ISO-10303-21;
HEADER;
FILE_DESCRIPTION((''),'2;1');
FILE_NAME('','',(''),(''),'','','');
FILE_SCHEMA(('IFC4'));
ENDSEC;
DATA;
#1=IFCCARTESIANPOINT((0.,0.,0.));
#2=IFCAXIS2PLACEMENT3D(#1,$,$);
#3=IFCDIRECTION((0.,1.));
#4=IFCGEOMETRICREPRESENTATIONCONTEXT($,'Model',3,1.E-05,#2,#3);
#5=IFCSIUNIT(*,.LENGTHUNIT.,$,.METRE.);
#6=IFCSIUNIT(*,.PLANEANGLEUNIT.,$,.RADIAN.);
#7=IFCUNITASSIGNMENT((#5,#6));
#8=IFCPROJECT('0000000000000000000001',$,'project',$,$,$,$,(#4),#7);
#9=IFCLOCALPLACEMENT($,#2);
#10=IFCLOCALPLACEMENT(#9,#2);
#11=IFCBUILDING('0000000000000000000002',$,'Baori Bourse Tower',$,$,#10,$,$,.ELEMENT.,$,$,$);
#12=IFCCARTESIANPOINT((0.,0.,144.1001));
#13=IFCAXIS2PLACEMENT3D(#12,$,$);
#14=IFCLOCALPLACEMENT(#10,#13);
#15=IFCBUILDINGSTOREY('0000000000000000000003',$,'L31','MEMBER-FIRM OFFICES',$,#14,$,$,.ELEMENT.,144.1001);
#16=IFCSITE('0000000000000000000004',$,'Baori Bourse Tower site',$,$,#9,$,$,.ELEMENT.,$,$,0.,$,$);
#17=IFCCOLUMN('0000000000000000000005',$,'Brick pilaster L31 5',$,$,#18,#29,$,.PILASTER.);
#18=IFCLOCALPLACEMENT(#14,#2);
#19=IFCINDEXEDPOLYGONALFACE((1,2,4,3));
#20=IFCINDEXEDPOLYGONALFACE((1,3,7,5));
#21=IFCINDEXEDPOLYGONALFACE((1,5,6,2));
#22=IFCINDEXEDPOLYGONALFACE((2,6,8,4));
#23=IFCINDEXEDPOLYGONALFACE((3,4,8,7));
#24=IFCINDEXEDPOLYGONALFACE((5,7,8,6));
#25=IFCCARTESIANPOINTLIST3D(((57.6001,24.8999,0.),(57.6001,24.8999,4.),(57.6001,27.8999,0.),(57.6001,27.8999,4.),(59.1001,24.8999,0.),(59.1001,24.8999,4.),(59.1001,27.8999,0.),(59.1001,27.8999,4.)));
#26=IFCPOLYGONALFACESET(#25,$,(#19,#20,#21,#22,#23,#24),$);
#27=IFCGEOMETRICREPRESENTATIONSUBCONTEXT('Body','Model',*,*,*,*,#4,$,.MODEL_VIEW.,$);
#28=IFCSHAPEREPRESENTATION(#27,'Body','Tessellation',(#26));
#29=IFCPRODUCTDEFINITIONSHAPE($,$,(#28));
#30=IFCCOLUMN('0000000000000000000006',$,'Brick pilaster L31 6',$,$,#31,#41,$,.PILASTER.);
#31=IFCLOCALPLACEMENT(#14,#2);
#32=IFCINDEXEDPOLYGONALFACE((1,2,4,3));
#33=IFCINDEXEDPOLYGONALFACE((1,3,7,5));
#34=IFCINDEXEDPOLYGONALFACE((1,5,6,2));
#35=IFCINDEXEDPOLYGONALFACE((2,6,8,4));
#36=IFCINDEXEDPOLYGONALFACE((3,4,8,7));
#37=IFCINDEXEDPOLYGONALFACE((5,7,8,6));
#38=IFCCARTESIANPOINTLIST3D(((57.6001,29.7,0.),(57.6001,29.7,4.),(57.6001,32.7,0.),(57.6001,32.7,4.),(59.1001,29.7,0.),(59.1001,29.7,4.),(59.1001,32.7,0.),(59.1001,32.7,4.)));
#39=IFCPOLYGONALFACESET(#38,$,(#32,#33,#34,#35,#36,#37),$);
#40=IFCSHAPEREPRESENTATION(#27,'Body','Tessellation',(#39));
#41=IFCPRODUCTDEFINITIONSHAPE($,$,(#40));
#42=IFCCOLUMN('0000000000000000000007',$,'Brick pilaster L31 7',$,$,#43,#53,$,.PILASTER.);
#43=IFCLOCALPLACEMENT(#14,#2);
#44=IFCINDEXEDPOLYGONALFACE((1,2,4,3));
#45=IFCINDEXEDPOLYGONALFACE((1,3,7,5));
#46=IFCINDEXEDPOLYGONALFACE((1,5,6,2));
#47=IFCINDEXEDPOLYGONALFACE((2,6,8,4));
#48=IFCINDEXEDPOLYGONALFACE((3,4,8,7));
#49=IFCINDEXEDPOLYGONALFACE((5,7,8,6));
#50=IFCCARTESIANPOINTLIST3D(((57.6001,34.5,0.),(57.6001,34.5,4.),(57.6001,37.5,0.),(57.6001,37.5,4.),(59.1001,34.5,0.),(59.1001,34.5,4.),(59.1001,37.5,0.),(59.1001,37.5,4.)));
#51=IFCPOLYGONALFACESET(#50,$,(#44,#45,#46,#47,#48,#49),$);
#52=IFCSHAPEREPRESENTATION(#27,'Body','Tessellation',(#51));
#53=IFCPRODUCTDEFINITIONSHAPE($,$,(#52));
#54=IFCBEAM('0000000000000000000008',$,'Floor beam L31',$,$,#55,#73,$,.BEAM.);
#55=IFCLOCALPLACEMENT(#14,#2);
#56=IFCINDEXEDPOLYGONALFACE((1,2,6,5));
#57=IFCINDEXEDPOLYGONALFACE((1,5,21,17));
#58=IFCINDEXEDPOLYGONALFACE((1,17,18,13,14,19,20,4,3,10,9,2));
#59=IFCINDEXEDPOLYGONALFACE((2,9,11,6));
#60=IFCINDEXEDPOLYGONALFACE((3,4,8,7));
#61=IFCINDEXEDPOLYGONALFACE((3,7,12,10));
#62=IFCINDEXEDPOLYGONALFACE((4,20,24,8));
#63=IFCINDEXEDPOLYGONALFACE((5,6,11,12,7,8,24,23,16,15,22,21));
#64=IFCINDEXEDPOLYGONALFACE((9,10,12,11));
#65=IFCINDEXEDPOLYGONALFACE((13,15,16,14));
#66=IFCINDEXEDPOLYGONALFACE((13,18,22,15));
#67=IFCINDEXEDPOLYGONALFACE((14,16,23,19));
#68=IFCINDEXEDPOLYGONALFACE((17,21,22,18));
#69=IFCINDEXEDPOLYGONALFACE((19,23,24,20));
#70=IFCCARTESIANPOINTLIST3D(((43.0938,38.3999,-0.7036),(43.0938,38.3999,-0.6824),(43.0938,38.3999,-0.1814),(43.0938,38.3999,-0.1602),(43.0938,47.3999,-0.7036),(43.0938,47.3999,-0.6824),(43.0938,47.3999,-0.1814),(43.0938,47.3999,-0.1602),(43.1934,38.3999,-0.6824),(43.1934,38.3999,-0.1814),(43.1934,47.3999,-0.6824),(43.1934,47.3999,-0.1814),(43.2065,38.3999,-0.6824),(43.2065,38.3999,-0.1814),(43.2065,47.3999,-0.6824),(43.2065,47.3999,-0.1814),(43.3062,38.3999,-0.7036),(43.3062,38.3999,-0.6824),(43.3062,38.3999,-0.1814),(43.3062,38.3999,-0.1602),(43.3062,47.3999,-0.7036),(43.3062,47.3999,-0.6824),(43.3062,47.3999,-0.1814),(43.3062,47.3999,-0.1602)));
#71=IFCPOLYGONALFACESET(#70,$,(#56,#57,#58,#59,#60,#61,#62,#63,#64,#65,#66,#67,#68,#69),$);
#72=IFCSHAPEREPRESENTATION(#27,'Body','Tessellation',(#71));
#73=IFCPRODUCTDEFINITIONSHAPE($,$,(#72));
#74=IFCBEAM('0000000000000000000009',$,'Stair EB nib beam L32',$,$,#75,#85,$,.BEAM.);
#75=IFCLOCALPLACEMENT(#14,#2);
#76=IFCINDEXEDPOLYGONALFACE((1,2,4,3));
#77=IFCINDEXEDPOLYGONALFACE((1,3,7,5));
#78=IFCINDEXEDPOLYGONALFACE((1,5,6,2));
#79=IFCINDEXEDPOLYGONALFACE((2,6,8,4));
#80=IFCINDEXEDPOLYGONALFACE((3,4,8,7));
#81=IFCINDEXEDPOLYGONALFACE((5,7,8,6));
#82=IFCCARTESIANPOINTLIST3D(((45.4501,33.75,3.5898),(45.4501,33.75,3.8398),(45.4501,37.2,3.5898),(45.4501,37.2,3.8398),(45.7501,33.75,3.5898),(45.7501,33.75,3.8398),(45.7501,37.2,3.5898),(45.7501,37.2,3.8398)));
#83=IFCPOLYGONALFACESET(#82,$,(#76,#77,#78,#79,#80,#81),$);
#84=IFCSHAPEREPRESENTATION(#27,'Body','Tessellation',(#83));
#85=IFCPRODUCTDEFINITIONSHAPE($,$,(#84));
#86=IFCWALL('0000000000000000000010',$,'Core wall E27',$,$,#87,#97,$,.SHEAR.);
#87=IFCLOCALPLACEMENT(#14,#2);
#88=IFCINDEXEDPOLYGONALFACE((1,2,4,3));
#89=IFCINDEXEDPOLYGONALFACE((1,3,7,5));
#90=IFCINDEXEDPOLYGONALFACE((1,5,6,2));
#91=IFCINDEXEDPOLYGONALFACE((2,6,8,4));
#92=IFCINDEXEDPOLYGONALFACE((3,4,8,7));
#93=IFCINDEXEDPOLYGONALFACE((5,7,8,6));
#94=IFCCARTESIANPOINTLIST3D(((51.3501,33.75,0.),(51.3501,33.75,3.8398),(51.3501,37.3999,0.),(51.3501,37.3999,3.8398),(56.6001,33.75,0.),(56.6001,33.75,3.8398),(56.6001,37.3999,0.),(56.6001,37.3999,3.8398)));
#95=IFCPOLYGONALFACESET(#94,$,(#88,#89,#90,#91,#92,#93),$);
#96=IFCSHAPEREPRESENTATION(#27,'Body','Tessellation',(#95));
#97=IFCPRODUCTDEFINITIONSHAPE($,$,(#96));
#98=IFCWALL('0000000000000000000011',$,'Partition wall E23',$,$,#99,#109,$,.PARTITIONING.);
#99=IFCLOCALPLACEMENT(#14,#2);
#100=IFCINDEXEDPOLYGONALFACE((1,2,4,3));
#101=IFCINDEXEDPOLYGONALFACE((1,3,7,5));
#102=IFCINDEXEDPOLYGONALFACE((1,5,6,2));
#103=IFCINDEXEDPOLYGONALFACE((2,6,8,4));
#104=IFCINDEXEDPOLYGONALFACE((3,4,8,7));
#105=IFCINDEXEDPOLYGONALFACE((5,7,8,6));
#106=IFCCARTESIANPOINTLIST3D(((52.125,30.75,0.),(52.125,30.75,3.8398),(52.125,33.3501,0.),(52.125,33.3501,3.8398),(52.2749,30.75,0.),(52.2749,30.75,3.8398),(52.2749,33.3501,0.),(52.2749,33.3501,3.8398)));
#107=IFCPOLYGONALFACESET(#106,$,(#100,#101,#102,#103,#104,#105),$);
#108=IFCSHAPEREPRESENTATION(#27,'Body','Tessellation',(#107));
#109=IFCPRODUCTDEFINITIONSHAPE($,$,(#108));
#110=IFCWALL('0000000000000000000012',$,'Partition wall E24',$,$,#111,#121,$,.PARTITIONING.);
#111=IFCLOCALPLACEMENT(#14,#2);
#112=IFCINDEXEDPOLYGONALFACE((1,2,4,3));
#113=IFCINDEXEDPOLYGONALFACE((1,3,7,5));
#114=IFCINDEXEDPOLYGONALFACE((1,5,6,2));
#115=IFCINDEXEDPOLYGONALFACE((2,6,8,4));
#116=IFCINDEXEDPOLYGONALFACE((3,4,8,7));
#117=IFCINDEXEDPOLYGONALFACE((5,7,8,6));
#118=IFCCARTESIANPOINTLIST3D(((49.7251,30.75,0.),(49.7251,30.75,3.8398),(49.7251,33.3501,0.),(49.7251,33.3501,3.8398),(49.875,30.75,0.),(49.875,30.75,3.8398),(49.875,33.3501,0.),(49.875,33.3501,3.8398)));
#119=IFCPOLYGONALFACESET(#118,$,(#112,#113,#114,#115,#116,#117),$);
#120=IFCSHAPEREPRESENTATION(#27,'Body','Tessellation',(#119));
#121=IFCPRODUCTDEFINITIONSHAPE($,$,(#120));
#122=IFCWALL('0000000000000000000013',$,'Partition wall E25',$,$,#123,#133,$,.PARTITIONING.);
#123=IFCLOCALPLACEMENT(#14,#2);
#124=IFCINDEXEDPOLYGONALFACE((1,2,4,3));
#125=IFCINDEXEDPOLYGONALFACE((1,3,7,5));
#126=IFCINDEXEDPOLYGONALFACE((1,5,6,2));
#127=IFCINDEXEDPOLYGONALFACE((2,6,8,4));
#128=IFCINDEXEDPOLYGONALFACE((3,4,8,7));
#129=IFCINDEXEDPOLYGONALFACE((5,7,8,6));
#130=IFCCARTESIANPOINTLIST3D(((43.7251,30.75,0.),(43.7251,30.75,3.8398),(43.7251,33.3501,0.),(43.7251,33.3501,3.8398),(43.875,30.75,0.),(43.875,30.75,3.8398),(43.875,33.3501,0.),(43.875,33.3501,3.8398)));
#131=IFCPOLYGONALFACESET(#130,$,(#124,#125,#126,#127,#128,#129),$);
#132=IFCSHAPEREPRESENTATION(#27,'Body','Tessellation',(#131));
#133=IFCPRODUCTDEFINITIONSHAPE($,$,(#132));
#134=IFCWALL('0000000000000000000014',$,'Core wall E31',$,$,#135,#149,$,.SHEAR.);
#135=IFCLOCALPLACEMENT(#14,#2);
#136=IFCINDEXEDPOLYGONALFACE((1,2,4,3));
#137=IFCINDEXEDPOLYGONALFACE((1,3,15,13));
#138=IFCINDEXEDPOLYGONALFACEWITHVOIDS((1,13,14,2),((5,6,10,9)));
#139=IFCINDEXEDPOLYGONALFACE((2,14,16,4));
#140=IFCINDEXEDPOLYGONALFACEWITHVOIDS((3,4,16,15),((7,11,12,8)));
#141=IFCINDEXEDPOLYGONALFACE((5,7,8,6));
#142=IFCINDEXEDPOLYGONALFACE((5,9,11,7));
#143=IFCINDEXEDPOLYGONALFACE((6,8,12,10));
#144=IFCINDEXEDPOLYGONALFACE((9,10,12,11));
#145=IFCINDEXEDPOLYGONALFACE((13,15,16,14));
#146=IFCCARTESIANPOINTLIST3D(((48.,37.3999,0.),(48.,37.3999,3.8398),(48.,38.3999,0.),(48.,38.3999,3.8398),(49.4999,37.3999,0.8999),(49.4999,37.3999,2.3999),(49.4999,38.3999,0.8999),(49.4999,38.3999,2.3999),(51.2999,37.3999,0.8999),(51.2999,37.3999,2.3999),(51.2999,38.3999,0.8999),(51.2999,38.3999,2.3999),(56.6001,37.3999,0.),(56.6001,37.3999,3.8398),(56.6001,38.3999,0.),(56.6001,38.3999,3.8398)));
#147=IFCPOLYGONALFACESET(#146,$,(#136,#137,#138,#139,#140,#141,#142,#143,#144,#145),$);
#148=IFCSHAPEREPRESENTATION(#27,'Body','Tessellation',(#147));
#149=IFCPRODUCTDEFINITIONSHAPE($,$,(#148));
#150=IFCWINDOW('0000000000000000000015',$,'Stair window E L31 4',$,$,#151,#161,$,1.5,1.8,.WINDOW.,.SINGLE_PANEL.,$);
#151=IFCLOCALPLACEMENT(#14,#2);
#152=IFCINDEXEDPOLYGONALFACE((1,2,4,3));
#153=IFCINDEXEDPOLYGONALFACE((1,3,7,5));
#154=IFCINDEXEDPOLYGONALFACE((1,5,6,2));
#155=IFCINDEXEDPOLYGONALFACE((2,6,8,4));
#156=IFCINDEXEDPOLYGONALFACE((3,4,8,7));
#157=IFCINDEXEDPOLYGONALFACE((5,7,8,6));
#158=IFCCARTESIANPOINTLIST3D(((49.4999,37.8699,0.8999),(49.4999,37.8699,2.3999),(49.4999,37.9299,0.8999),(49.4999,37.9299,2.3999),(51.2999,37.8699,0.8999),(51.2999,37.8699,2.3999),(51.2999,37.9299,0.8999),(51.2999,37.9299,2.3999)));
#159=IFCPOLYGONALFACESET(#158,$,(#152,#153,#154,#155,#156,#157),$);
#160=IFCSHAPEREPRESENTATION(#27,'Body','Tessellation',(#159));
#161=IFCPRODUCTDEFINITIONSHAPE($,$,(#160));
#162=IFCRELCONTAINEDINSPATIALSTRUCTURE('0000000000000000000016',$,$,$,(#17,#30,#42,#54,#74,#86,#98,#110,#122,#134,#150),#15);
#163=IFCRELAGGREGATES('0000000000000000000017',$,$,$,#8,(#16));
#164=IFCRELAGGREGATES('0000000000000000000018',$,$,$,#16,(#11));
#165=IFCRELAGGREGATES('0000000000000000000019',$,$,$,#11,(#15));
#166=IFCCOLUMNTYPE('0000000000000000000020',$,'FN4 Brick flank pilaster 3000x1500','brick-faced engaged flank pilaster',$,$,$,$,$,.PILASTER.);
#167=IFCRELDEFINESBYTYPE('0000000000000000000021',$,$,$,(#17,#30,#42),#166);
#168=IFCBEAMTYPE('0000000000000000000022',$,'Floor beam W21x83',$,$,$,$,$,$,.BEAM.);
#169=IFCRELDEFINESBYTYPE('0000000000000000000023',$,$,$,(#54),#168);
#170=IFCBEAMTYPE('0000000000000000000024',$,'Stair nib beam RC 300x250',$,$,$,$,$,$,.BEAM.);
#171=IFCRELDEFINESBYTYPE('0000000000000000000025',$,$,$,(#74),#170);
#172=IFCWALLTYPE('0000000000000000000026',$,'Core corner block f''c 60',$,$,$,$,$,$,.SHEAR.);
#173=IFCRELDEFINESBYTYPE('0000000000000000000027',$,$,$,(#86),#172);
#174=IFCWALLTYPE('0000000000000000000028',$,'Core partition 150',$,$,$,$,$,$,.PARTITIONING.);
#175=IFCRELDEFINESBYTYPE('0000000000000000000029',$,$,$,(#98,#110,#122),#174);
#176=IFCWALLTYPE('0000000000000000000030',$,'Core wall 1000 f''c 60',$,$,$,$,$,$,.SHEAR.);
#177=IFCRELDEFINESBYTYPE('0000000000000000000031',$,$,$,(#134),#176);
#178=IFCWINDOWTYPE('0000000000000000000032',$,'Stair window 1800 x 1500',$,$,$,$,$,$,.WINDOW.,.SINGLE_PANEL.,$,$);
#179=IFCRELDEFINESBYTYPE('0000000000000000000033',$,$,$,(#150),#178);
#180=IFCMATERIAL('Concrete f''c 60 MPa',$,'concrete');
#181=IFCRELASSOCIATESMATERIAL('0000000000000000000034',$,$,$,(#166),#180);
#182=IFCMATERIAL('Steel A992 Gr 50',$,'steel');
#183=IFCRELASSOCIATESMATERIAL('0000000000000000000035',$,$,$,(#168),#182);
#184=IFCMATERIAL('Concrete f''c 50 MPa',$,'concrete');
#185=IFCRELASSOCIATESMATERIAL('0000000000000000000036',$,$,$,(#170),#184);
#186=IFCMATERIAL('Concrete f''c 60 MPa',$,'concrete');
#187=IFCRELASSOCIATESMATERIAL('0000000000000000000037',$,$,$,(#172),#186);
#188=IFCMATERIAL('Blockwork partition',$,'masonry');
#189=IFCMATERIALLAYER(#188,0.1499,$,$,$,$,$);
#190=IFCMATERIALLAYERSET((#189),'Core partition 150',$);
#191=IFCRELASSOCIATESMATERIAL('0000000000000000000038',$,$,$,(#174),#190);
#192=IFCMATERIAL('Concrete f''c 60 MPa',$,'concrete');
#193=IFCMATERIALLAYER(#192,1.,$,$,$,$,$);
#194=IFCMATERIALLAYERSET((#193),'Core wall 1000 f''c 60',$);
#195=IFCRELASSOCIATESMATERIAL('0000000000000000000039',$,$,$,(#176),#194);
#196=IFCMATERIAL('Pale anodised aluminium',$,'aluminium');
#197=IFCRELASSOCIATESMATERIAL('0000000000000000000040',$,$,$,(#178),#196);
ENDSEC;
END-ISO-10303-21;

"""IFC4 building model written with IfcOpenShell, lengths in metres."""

from ifc_helpers import new_model, si_unit, direction, frame, frame_2d, origin, origin_2d, place, context, subcontext, project, spatial, rectangle, i_section, extrude, material, layer, layer_set, material_profile, profile_set, type_object, element, fill, save


model = new_model("IFC4")

# Units and contexts
model_context = context("Model", 3, precision=1e-05, world=origin(), true_north=direction((0.0, 1.0)))
body_context = subcontext(model_context, "Body", "Model", "MODEL_VIEW")
ifc_project = project(units=[si_unit("LENGTHUNIT", "METRE"), si_unit("PLANEANGLEUNIT", "RADIAN")], contexts=[model_context])

# Site, building, storey
site_placement = place(None, origin())
site = spatial("IfcSite", under=ifc_project, at=site_placement, Name="Baori Bourse Tower site", CompositionType="ELEMENT", RefElevation=0.0)
building_placement = place(site_placement, origin())
building = spatial("IfcBuilding", under=site, at=building_placement, Name="Baori Bourse Tower", CompositionType="ELEMENT")
storey_placement = place(building_placement, frame((0.0, 0.0, 144.1001)))
storey = spatial("IfcBuildingStorey", under=building, at=storey_placement, Name="L31", Description="MEMBER-FIRM OFFICES", CompositionType="ELEMENT", Elevation=144.1001)

# Columns
ifc_material_1 = material(Name="Concrete f'c 60 MPa", Category="concrete")
ifc_material_profile_1 = material_profile(ifc_material_1, rectangle(XDim=3.0, YDim=1.5, at=origin_2d()), Name="RC 3000x1500")
ifc_profile_set_1 = profile_set([ifc_material_profile_1], Name="Concrete f'c 60 MPa")
column_type = type_object("IfcColumnType", Name="FN4 Brick flank pilaster 3000x1500", Description="brick-faced engaged flank pilaster", PredefinedType="PILASTER", material=ifc_profile_set_1)
for number, where, z_axis, x_axis, name in (
    (1, (58.3501, 26.3999, 0.0), (0.0, 0.0, 1.0), (0.0, 1.0, 0.0), "Brick pilaster L31 5"),
    (2, (58.3501, 31.2, 0.0), (0.0, 0.0, 1.0), (0.0, 1.0, 0.0), "Brick pilaster L31 6"),
    (3, (58.3501, 36.0, 0.0), (0.0, 0.0, 1.0), (0.0, 1.0, 0.0), "Brick pilaster L31 7"),
):
    element("IfcColumn", number, at=place(storey_placement, frame(where, z_axis=z_axis, x_axis=x_axis)), inside=storey, type_object=column_type, Name=name, PredefinedType="PILASTER", context=body_context, shape_type="SweptSolid", body=[
        extrude(rectangle(XDim=3.0, YDim=1.5, at=origin_2d()), origin(), (0.0, 0.0, 1.0), 4.0),
    ])

# Beams
ifc_material_2 = material(Name="Steel A992 Gr 50", Category="steel")
ifc_material_profile_2 = material_profile(ifc_material_2, i_section(OverallWidth=0.2124, OverallDepth=0.5435, WebThickness=0.0132, FlangeThickness=0.0212, at=origin_2d()), Name="W21x83")
ifc_profile_set_2 = profile_set([ifc_material_profile_2], Name="Steel A992 Gr 50")
beam_type_1 = type_object("IfcBeamType", Name="Floor beam W21x83", PredefinedType="BEAM", material=ifc_profile_set_2)
beam_1_placement = place(storey_placement, frame((43.2, 38.3999, -0.4319), z_axis=(0.0, 1.0, 0.0), x_axis=(-1.0, 0.0, 0.0)))
element("IfcBeam", 4, at=beam_1_placement, inside=storey, type_object=beam_type_1, Name="Floor beam L31", PredefinedType="BEAM", context=body_context, shape_type="SweptSolid", body=[
    extrude(i_section(OverallWidth=0.2124, OverallDepth=0.5435, WebThickness=0.0132, FlangeThickness=0.0212, at=origin_2d()), origin(), (0.0, 0.0, 1.0), 9.0),
])
ifc_material_3 = material(Name="Concrete f'c 50 MPa", Category="concrete")
ifc_material_profile_3 = material_profile(ifc_material_3, rectangle(XDim=0.3, YDim=0.25, at=origin_2d()), Name="RC 300x250")
ifc_profile_set_3 = profile_set([ifc_material_profile_3], Name="Concrete f'c 50 MPa")
beam_type_2 = type_object("IfcBeamType", Name="Stair nib beam RC 300x250", PredefinedType="BEAM", material=ifc_profile_set_3)
beam_2_placement = place(storey_placement, frame((45.6001, 33.75, 3.7148), z_axis=(0.0, 1.0, 0.0), x_axis=(-1.0, 0.0, 0.0)))
element("IfcBeam", 5, at=beam_2_placement, inside=storey, type_object=beam_type_2, Name="Stair EB nib beam L32", PredefinedType="BEAM", context=body_context, shape_type="SweptSolid", body=[
    extrude(rectangle(XDim=0.3, YDim=0.25, at=origin_2d()), origin(), (0.0, 0.0, 1.0), 3.45),
])

# Walls
ifc_material_4 = material(Name="Concrete f'c 60 MPa", Category="concrete")
wall_type_1 = type_object("IfcWallType", Name="Core corner block f'c 60", PredefinedType="SHEAR", material=ifc_material_4)
wall_1_placement = place(storey_placement, frame((51.3501, 35.575, 0.0), z_axis=(0.0, 0.0, 1.0), x_axis=(1.0, 0.0, 0.0)))
element("IfcWall", 6, at=wall_1_placement, inside=storey, type_object=wall_type_1, Name="Core wall E27", PredefinedType="SHEAR", context=body_context, shape_type="SweptSolid", body=[
    extrude(rectangle(XDim=5.25, YDim=3.6499, at=frame_2d((2.625, 0.0))), origin(), (0.0, 0.0, 1.0), 3.8398),
])
ifc_material_5 = material(Name="Blockwork partition", Category="masonry")
ifc_layer_1 = layer(ifc_material_5, 0.1499)
ifc_layer_set_1 = layer_set([ifc_layer_1], Name="Core partition 150")
wall_type_2 = type_object("IfcWallType", Name="Core partition 150", PredefinedType="PARTITIONING", material=ifc_layer_set_1)
for number, where, z_axis, x_axis, name in (
    (7, (52.2, 30.75, 0.0), (0.0, 0.0, 1.0), (0.0, 1.0, 0.0), "Partition wall E23"),
    (8, (49.8, 30.75, 0.0), (0.0, 0.0, 1.0), (0.0, 1.0, 0.0), "Partition wall E24"),
    (9, (43.8, 30.75, 0.0), (0.0, 0.0, 1.0), (0.0, 1.0, 0.0), "Partition wall E25"),
):
    element("IfcWall", number, at=place(storey_placement, frame(where, z_axis=z_axis, x_axis=x_axis)), inside=storey, type_object=wall_type_2, Name=name, PredefinedType="PARTITIONING", context=body_context, shape_type="SweptSolid", body=[
        extrude(rectangle(XDim=2.6001, YDim=0.1499, at=frame_2d((1.3, 0.0))), origin(), (0.0, 0.0, 1.0), 3.8398),
    ])

# Wall, opening, window
ifc_material_6 = material(Name="Concrete f'c 60 MPa", Category="concrete")
ifc_layer_2 = layer(ifc_material_6, 1.0)
ifc_layer_set_2 = layer_set([ifc_layer_2], Name="Core wall 1000 f'c 60")
wall_type_3 = type_object("IfcWallType", Name="Core wall 1000 f'c 60", PredefinedType="SHEAR", material=ifc_layer_set_2)
wall_2_placement = place(storey_placement, frame((48.0, 37.8999, 0.0), z_axis=(0.0, 0.0, 1.0), x_axis=(1.0, 0.0, 0.0)))
wall_2 = element("IfcWall", 10, at=wall_2_placement, inside=storey, type_object=wall_type_3, Name="Core wall E31", PredefinedType="SHEAR", context=body_context, shape_type="SweptSolid", body=[
    extrude(rectangle(XDim=8.6001, YDim=1.0, at=frame_2d((4.3, 0.0))), origin(), (0.0, 0.0, 1.0), 3.8398),
])
opening_1_placement = place(wall_2_placement, frame((1.5, 0.0, 0.8999)))
opening_1 = element("IfcOpeningElement", 11, at=opening_1_placement, cuts=wall_2, PredefinedType="OPENING", context=body_context, shape_type="SweptSolid", body=[
    extrude(rectangle(XDim=1.8, YDim=1.5, at=frame_2d((0.8999, 0.75))), frame((0.0, 0.51, 0.0), z_axis=(0.0, -1.0, 0.0), x_axis=(1.0, 0.0, 0.0)), (0.0, 0.0, 1.0), 1.02),
])
ifc_material_7 = material(Name="Pale anodised aluminium", Category="aluminium")
window_type = type_object("IfcWindowType", Name="Stair window 1800 x 1500", PartitioningType="SINGLE_PANEL", PredefinedType="WINDOW", material=ifc_material_7)
window_placement = place(opening_1_placement, origin())
window = element("IfcWindow", 12, at=window_placement, inside=storey, type_object=window_type, Name="Stair window E L31 4", OverallHeight=1.5, OverallWidth=1.8, PartitioningType="SINGLE_PANEL", PredefinedType="WINDOW", context=body_context, shape_type="SweptSolid", body=[
    extrude(rectangle(XDim=1.8, YDim=1.5, at=frame_2d((0.8999, 0.75))), frame((0.0, 0.03, 0.0), z_axis=(0.0, -1.0, 0.0), x_axis=(1.0, 0.0, 0.0)), (0.0, 0.0, 1.0), 0.0601),
])
fill(opening_1, window)

save(model, "model.ifc")
